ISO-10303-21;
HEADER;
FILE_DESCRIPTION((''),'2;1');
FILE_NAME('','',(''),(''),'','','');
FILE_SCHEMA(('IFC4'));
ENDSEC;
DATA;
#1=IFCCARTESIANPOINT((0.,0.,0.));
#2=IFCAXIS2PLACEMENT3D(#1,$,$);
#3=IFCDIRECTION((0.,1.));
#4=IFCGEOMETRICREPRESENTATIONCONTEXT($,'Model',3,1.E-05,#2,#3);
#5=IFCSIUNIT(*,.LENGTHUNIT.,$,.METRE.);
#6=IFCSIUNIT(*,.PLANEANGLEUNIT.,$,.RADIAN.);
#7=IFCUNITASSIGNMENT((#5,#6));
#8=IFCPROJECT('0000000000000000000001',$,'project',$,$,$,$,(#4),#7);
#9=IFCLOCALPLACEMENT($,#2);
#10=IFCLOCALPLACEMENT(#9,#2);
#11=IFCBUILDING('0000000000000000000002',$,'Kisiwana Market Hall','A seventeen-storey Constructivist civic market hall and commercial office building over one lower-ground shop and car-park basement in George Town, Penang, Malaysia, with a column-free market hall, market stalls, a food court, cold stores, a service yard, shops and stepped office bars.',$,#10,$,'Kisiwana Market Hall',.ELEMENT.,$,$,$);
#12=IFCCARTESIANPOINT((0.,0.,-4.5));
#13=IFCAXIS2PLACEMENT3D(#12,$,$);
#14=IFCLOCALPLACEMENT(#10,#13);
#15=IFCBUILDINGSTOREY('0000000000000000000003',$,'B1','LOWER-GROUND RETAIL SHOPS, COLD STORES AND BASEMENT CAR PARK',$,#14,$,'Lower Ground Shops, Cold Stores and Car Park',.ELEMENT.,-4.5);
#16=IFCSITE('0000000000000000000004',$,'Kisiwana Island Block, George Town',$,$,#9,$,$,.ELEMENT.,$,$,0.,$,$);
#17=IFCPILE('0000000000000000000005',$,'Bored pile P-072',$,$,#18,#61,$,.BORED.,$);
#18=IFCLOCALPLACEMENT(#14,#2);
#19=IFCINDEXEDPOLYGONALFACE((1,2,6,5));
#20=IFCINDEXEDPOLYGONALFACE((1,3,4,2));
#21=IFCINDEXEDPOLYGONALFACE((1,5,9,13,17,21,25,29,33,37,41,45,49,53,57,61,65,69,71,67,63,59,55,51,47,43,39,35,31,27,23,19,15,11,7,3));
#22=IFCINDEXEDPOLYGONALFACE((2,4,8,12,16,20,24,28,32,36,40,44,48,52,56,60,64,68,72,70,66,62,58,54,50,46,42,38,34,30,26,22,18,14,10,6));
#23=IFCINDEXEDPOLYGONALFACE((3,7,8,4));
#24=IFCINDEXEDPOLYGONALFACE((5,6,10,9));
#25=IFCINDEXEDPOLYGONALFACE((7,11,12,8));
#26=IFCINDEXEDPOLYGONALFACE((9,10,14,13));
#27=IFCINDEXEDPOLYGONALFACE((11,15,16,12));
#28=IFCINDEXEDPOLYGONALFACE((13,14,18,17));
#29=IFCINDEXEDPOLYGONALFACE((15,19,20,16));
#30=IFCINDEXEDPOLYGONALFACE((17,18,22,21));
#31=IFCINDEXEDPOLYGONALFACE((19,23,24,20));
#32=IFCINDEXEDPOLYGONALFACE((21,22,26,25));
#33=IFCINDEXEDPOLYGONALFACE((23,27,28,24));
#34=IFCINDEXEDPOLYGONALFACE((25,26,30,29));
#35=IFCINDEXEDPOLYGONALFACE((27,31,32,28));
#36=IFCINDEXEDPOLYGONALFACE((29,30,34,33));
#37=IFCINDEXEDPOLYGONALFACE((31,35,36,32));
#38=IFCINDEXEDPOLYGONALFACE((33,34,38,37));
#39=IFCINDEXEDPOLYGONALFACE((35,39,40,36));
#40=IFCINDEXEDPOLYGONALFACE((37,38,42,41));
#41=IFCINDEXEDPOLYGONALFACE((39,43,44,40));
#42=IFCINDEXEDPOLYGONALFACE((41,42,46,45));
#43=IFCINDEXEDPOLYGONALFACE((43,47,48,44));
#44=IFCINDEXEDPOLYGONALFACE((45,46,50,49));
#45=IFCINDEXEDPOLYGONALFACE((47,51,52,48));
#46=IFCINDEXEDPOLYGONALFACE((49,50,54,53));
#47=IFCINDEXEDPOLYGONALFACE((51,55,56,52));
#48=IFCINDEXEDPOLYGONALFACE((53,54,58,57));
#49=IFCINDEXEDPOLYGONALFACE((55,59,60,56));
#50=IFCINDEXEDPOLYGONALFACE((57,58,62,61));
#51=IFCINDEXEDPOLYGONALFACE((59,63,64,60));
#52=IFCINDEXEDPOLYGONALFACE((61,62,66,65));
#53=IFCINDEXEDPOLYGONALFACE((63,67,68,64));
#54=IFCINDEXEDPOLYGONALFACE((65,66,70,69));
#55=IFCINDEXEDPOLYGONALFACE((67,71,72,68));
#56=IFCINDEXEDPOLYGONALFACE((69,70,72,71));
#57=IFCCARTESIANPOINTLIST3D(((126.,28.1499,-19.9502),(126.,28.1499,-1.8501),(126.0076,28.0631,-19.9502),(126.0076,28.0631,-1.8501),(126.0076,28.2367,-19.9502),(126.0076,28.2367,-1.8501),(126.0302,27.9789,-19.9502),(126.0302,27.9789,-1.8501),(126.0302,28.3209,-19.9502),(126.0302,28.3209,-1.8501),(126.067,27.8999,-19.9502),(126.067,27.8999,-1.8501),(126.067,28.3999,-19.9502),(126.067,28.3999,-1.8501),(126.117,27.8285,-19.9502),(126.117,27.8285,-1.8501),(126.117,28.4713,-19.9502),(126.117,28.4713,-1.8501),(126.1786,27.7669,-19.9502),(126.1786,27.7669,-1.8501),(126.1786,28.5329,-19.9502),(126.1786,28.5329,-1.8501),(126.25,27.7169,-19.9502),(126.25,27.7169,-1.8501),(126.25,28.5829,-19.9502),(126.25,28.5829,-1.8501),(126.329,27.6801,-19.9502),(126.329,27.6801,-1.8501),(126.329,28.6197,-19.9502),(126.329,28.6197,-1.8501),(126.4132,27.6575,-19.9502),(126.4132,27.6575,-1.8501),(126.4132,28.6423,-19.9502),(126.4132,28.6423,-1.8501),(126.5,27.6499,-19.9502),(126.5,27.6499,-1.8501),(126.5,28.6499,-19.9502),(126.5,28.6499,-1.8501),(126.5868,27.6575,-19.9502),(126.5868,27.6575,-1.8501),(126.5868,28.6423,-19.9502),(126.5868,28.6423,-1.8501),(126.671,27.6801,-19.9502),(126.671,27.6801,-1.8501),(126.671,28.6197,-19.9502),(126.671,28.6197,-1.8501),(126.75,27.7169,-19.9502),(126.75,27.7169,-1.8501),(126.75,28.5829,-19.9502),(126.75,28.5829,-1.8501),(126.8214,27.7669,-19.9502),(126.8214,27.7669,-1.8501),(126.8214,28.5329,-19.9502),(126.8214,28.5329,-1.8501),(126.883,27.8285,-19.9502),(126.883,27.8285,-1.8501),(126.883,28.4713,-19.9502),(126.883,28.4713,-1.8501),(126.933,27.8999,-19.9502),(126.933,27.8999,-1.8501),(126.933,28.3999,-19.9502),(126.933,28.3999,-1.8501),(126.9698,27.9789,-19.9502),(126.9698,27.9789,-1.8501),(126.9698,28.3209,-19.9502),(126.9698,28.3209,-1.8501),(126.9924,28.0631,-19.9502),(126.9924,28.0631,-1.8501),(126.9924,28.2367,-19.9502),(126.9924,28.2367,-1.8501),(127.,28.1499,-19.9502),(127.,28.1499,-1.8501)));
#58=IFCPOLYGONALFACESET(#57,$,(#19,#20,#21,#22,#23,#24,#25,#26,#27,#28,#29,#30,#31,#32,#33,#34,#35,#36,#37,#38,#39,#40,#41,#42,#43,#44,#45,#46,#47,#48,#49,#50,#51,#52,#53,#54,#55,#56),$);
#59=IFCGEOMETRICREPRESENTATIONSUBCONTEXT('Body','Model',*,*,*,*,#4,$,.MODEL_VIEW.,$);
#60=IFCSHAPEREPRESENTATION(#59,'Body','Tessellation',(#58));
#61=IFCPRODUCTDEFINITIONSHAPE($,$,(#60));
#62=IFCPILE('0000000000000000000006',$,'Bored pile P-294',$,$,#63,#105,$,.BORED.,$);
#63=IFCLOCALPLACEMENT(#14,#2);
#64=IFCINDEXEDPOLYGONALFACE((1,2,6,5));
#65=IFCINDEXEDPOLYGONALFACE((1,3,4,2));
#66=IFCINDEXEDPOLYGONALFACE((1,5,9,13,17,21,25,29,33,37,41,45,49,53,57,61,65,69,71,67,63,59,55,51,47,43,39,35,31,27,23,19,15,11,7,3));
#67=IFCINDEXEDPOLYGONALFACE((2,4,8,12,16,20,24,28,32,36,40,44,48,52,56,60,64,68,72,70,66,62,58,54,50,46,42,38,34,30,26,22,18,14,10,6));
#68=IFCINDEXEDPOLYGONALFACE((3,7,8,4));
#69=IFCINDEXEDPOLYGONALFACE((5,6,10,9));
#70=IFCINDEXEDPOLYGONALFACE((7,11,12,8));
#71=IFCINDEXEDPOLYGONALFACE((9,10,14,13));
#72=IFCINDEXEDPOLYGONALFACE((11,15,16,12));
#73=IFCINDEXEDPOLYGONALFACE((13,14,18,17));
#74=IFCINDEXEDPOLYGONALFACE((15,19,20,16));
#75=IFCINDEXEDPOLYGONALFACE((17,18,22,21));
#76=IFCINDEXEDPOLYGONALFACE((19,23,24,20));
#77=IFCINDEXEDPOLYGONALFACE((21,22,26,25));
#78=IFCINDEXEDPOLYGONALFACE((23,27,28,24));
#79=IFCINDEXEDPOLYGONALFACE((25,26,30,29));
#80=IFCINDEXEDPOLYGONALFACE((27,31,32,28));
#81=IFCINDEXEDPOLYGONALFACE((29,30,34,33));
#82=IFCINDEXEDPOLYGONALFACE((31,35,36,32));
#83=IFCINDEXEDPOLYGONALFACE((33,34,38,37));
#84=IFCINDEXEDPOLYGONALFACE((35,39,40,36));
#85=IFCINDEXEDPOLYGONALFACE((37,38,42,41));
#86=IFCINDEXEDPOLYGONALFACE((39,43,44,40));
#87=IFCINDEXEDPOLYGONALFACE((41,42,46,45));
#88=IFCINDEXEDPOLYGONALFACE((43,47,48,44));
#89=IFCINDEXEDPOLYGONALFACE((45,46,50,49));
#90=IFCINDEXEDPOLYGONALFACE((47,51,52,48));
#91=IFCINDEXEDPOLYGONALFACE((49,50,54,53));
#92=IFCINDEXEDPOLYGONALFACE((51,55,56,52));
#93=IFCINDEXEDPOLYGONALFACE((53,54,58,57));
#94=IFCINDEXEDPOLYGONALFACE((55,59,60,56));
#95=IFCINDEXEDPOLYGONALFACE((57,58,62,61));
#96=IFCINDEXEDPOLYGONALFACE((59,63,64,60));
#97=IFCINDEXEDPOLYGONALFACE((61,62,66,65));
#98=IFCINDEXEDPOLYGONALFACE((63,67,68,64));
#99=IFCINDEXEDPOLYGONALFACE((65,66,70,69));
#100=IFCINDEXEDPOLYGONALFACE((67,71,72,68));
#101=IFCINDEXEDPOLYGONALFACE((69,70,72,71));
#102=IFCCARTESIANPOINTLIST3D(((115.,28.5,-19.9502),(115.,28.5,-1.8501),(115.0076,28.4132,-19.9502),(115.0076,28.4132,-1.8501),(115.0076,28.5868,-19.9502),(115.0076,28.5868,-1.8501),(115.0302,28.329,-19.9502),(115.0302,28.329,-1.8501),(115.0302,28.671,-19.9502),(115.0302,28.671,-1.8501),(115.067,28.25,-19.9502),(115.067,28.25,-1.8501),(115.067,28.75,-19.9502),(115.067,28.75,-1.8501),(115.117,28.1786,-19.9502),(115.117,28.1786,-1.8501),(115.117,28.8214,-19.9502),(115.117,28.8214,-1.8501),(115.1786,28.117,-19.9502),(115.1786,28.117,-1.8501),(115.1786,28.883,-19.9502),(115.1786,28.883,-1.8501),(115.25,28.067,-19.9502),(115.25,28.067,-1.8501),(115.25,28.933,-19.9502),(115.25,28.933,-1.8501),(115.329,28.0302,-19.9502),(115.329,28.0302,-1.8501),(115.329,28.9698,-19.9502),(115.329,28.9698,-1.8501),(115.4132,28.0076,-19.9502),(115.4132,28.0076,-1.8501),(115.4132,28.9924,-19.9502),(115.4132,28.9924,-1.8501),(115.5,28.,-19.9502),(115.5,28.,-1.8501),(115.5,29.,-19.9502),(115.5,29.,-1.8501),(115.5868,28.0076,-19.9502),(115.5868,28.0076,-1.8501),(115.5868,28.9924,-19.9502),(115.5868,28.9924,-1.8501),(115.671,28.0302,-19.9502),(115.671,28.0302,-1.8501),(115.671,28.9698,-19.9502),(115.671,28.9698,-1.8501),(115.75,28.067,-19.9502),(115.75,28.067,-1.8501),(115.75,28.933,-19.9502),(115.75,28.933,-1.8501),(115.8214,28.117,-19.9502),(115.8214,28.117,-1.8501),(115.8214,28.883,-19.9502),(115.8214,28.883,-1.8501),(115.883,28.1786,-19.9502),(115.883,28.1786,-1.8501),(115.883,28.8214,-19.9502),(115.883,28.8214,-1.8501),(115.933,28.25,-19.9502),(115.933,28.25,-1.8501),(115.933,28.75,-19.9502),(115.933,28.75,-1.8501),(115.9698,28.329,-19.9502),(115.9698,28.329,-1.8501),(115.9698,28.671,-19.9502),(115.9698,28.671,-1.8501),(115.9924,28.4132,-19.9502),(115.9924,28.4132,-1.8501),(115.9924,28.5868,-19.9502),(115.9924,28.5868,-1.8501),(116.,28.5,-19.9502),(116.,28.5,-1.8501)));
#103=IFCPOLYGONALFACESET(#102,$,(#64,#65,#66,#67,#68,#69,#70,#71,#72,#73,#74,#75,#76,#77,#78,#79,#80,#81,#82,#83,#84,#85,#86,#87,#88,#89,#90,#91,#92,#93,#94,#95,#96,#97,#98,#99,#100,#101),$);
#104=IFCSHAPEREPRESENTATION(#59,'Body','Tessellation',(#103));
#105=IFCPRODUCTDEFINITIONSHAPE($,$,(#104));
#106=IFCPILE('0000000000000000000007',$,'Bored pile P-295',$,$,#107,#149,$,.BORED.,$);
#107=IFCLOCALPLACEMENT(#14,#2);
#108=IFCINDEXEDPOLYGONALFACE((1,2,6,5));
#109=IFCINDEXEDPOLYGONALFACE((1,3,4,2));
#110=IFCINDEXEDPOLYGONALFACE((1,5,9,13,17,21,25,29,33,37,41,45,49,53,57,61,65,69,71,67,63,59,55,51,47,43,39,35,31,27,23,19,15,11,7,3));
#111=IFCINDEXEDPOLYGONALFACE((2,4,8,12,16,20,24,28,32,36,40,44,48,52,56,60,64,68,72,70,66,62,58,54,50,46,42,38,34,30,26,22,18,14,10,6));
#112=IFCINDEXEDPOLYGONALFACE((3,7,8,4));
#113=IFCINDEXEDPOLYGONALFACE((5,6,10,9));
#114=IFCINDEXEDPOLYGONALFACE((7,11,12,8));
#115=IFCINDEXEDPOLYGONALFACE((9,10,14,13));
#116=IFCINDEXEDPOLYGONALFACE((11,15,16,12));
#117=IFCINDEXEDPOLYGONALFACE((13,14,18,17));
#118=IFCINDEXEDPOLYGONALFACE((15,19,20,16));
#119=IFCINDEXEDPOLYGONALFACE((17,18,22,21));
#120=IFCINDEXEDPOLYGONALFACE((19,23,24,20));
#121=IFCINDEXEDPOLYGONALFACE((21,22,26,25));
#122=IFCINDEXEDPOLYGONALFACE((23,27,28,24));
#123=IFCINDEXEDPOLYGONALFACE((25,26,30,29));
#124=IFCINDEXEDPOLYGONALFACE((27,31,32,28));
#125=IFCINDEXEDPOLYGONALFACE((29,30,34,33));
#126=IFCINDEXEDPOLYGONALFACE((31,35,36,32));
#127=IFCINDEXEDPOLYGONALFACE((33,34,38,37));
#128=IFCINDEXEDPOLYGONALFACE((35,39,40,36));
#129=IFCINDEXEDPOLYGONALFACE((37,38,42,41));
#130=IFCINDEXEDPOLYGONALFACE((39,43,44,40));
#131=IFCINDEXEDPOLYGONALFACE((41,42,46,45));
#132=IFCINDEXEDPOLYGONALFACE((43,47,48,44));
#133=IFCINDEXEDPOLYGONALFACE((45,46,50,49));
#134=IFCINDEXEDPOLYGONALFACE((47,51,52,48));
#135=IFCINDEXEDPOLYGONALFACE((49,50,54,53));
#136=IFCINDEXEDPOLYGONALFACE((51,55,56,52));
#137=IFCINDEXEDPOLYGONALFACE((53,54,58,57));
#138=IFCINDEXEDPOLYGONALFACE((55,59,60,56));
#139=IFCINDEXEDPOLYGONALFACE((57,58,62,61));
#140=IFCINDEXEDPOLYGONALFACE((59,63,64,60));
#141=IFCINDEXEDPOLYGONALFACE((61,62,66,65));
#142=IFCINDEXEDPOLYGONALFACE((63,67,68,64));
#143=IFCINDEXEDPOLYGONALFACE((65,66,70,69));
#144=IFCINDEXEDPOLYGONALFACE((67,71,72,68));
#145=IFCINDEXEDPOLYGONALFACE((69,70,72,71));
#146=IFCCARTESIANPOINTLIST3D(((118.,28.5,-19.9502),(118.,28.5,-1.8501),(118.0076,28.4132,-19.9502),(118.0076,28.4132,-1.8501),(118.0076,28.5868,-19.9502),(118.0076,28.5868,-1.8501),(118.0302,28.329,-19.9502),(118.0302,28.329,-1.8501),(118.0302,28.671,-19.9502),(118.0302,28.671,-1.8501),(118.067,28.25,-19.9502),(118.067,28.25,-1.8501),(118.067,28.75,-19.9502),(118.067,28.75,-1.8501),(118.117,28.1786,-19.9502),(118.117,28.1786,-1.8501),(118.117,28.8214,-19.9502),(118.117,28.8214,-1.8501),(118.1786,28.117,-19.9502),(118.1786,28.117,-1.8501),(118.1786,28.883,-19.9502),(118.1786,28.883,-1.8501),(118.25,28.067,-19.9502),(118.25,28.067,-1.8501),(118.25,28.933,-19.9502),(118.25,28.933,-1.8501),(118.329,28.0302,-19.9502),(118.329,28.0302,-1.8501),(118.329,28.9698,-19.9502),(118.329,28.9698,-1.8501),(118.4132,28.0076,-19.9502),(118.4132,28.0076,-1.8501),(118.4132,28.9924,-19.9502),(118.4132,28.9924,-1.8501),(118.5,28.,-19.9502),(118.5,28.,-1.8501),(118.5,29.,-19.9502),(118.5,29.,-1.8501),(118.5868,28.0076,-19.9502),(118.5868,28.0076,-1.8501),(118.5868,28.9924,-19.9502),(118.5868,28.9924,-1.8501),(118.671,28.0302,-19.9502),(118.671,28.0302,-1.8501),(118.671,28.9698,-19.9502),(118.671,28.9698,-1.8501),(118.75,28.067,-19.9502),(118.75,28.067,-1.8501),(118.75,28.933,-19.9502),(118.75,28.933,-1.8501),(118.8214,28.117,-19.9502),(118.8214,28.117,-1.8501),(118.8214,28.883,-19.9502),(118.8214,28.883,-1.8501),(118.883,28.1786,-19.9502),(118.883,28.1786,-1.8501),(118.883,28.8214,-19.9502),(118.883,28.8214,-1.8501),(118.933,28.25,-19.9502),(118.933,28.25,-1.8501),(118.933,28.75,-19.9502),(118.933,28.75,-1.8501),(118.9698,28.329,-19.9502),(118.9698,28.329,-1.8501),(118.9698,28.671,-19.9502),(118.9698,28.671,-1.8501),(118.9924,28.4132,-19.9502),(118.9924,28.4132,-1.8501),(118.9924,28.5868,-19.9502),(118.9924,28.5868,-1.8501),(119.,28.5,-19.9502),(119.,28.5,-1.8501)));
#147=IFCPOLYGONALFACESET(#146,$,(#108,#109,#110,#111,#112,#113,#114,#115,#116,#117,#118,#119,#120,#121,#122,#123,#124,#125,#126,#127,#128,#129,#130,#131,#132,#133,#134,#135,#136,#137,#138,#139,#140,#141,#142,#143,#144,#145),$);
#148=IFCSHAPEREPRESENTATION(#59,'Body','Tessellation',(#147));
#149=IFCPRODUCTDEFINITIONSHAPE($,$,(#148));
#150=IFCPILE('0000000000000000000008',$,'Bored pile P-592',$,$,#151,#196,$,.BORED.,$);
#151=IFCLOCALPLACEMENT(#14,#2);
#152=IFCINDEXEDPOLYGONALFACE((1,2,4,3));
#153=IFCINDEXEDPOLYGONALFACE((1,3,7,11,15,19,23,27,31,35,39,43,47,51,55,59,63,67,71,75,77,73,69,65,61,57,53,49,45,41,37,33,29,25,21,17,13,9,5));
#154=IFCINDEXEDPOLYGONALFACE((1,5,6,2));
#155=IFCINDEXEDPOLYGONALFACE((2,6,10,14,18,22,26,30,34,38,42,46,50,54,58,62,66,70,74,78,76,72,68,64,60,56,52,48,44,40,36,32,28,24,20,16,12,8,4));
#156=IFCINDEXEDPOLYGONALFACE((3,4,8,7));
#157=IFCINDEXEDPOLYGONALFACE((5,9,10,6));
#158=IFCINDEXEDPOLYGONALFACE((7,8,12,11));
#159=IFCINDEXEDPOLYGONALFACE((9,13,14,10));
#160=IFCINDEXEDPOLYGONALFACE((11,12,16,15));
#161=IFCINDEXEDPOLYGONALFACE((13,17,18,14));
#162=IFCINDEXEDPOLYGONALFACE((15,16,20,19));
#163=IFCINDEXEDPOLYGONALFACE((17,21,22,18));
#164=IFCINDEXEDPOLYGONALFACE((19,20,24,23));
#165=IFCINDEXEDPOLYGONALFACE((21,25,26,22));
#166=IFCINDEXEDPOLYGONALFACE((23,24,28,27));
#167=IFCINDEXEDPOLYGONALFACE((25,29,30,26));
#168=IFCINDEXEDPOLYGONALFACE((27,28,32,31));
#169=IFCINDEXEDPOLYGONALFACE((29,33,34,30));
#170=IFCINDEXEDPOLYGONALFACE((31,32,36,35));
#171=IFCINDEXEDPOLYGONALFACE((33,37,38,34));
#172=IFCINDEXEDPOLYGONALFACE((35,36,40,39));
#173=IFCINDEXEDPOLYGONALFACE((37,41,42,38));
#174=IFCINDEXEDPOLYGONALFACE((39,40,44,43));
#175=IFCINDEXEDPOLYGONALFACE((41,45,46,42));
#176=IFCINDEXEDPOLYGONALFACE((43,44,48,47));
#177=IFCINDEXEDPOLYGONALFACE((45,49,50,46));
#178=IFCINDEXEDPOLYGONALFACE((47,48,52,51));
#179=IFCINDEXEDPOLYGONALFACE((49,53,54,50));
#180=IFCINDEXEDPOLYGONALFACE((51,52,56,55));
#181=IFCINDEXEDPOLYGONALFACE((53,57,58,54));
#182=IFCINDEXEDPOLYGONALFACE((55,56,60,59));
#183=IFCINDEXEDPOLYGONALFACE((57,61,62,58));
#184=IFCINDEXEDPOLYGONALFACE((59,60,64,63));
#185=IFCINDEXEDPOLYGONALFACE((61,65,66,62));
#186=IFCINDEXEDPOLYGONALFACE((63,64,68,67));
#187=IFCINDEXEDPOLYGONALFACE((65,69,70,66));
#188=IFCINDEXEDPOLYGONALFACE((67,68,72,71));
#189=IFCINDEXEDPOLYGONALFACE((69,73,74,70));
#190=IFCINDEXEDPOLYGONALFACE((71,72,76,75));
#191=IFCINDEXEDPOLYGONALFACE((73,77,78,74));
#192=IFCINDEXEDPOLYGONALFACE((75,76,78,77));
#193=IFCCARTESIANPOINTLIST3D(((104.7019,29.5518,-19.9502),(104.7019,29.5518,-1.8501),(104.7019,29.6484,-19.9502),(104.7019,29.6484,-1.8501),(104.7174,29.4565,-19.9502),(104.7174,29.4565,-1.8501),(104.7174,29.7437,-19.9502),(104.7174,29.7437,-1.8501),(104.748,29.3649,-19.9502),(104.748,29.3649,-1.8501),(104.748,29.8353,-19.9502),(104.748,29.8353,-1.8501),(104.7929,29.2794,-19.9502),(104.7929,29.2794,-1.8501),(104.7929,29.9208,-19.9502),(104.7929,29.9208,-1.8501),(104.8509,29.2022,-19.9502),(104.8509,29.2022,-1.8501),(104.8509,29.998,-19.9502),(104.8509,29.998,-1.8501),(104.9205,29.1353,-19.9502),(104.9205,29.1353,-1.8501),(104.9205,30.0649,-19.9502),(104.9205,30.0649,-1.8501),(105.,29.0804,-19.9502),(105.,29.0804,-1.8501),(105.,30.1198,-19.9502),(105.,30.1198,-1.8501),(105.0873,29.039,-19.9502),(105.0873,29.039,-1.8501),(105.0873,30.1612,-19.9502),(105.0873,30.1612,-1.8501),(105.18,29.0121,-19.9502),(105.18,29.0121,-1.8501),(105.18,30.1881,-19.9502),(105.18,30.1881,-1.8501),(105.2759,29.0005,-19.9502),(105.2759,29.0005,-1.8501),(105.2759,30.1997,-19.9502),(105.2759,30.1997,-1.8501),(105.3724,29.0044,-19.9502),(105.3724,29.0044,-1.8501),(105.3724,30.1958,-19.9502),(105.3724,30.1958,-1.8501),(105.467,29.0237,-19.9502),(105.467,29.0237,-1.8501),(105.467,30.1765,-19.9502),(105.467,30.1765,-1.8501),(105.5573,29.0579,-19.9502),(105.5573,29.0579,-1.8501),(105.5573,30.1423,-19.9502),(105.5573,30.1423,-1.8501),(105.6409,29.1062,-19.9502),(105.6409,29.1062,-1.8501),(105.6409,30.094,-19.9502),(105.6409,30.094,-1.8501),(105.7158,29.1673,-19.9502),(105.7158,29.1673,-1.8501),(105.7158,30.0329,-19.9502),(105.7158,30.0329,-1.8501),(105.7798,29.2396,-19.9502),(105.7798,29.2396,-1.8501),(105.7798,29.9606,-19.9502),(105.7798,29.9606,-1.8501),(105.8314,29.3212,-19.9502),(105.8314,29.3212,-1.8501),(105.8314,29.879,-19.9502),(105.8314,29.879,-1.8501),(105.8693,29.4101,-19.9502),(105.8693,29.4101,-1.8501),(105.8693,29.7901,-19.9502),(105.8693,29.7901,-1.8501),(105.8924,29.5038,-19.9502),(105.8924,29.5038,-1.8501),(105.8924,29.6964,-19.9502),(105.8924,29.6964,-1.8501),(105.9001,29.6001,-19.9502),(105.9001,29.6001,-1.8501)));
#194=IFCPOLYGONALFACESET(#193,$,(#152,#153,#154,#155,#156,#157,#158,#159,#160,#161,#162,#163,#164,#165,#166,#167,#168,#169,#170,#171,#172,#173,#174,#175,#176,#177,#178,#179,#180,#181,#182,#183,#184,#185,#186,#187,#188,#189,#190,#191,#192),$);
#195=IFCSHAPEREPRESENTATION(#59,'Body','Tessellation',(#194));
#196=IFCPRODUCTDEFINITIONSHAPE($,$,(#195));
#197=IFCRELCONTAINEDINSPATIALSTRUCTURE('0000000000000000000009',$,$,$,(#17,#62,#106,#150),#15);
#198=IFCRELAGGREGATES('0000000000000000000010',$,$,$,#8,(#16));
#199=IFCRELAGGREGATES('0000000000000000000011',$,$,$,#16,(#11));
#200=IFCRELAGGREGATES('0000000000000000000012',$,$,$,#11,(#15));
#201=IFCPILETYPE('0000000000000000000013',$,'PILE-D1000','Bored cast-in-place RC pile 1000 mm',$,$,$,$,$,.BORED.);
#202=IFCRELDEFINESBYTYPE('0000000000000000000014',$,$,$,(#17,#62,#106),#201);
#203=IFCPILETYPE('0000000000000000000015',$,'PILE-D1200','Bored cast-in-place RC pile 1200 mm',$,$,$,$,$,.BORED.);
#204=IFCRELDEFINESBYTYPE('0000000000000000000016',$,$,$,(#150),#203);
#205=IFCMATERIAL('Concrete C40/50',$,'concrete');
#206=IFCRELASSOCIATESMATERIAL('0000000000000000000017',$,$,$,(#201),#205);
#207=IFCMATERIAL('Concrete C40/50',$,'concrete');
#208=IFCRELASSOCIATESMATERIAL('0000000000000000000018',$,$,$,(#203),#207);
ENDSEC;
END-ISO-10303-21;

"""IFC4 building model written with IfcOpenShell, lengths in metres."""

from ifc_helpers import new_model, si_unit, direction, frame, origin, origin_2d, place, context, subcontext, project, spatial, circle, extrude, material, material_profile, profile_set, type_object, element, save


model = new_model("IFC4")

# Units and contexts
model_context = context("Model", 3, precision=1e-05, world=origin(), true_north=direction((0.0, 1.0)))
body_context = subcontext(model_context, "Body", "Model", "MODEL_VIEW")
ifc_project = project(units=[si_unit("LENGTHUNIT", "METRE"), si_unit("PLANEANGLEUNIT", "RADIAN")], contexts=[model_context])

# Site, building, storey
site_placement = place(None, origin())
site = spatial("IfcSite", under=ifc_project, at=site_placement, Name="Kisiwana Island Block, George Town", CompositionType="ELEMENT", RefElevation=0.0)
building_placement = place(site_placement, origin())
building = spatial("IfcBuilding", under=site, at=building_placement, Name="Kisiwana Market Hall", Description="A seventeen-storey Constructivist civic market hall and commercial office building over one lower-ground shop and car-park basement in George Town, Penang, Malaysia, with a column-free market hall, market stalls, a food court, cold stores, a service yard, shops and stepped office bars.", LongName="Kisiwana Market Hall", CompositionType="ELEMENT")
storey_placement = place(building_placement, frame((0.0, 0.0, -4.5)))
storey = spatial("IfcBuildingStorey", under=building, at=storey_placement, Name="B1", Description="LOWER-GROUND RETAIL SHOPS, COLD STORES AND BASEMENT CAR PARK", LongName="Lower Ground Shops, Cold Stores and Car Park", CompositionType="ELEMENT", Elevation=-4.5)

# Piles
ifc_material_1 = material(Name="Concrete C40/50", Category="concrete")
ifc_material_profile_1 = material_profile(ifc_material_1, circle(Radius=0.5, at=origin_2d()), Name="BP D1000")
ifc_profile_set_1 = profile_set([ifc_material_profile_1], Name="Concrete C40/50")
pile_type_1 = type_object("IfcPileType", Name="PILE-D1000", Description="Bored cast-in-place RC pile 1000 mm", PredefinedType="BORED", material=ifc_profile_set_1)
for number, where, z_axis, x_axis, name in (
    (1, (126.5, 28.1499, -1.8501), (0.0, 0.0, -1.0), (1.0, 0.0, 0.0), "Bored pile P-072"),
    (2, (115.5, 28.5, -1.8501), (0.0, 0.0, -1.0), (1.0, 0.0, 0.0), "Bored pile P-294"),
    (3, (118.5, 28.5, -1.8501), (0.0, 0.0, -1.0), (1.0, 0.0, 0.0), "Bored pile P-295"),
):
    element("IfcPile", number, at=place(storey_placement, frame(where, z_axis=z_axis, x_axis=x_axis)), inside=storey, type_object=pile_type_1, Name=name, PredefinedType="BORED", context=body_context, shape_type="SweptSolid", body=[
        extrude(circle(Radius=0.5, at=origin_2d()), origin(), (0.0, 0.0, 1.0), 18.1001),
    ])
ifc_material_2 = material(Name="Concrete C40/50", Category="concrete")
ifc_material_profile_2 = material_profile(ifc_material_2, circle(Radius=0.6001, at=origin_2d()), Name="BP D1200")
ifc_profile_set_2 = profile_set([ifc_material_profile_2], Name="Concrete C40/50")
pile_type_2 = type_object("IfcPileType", Name="PILE-D1200", Description="Bored cast-in-place RC pile 1200 mm", PredefinedType="BORED", material=ifc_profile_set_2)
for number, where, z_axis, x_axis, name in (
    (4, (105.3, 29.6001, -1.8501), (0.0, 0.0, -1.0), (1.0, 0.0, 0.0), "Bored pile P-592"),
):
    element("IfcPile", number, at=place(storey_placement, frame(where, z_axis=z_axis, x_axis=x_axis)), inside=storey, type_object=pile_type_2, Name=name, PredefinedType="BORED", context=body_context, shape_type="SweptSolid", body=[
        extrude(circle(Radius=0.6001, at=origin_2d()), origin(), (0.0, 0.0, 1.0), 18.1001),
    ])

save(model, "model.ifc")
